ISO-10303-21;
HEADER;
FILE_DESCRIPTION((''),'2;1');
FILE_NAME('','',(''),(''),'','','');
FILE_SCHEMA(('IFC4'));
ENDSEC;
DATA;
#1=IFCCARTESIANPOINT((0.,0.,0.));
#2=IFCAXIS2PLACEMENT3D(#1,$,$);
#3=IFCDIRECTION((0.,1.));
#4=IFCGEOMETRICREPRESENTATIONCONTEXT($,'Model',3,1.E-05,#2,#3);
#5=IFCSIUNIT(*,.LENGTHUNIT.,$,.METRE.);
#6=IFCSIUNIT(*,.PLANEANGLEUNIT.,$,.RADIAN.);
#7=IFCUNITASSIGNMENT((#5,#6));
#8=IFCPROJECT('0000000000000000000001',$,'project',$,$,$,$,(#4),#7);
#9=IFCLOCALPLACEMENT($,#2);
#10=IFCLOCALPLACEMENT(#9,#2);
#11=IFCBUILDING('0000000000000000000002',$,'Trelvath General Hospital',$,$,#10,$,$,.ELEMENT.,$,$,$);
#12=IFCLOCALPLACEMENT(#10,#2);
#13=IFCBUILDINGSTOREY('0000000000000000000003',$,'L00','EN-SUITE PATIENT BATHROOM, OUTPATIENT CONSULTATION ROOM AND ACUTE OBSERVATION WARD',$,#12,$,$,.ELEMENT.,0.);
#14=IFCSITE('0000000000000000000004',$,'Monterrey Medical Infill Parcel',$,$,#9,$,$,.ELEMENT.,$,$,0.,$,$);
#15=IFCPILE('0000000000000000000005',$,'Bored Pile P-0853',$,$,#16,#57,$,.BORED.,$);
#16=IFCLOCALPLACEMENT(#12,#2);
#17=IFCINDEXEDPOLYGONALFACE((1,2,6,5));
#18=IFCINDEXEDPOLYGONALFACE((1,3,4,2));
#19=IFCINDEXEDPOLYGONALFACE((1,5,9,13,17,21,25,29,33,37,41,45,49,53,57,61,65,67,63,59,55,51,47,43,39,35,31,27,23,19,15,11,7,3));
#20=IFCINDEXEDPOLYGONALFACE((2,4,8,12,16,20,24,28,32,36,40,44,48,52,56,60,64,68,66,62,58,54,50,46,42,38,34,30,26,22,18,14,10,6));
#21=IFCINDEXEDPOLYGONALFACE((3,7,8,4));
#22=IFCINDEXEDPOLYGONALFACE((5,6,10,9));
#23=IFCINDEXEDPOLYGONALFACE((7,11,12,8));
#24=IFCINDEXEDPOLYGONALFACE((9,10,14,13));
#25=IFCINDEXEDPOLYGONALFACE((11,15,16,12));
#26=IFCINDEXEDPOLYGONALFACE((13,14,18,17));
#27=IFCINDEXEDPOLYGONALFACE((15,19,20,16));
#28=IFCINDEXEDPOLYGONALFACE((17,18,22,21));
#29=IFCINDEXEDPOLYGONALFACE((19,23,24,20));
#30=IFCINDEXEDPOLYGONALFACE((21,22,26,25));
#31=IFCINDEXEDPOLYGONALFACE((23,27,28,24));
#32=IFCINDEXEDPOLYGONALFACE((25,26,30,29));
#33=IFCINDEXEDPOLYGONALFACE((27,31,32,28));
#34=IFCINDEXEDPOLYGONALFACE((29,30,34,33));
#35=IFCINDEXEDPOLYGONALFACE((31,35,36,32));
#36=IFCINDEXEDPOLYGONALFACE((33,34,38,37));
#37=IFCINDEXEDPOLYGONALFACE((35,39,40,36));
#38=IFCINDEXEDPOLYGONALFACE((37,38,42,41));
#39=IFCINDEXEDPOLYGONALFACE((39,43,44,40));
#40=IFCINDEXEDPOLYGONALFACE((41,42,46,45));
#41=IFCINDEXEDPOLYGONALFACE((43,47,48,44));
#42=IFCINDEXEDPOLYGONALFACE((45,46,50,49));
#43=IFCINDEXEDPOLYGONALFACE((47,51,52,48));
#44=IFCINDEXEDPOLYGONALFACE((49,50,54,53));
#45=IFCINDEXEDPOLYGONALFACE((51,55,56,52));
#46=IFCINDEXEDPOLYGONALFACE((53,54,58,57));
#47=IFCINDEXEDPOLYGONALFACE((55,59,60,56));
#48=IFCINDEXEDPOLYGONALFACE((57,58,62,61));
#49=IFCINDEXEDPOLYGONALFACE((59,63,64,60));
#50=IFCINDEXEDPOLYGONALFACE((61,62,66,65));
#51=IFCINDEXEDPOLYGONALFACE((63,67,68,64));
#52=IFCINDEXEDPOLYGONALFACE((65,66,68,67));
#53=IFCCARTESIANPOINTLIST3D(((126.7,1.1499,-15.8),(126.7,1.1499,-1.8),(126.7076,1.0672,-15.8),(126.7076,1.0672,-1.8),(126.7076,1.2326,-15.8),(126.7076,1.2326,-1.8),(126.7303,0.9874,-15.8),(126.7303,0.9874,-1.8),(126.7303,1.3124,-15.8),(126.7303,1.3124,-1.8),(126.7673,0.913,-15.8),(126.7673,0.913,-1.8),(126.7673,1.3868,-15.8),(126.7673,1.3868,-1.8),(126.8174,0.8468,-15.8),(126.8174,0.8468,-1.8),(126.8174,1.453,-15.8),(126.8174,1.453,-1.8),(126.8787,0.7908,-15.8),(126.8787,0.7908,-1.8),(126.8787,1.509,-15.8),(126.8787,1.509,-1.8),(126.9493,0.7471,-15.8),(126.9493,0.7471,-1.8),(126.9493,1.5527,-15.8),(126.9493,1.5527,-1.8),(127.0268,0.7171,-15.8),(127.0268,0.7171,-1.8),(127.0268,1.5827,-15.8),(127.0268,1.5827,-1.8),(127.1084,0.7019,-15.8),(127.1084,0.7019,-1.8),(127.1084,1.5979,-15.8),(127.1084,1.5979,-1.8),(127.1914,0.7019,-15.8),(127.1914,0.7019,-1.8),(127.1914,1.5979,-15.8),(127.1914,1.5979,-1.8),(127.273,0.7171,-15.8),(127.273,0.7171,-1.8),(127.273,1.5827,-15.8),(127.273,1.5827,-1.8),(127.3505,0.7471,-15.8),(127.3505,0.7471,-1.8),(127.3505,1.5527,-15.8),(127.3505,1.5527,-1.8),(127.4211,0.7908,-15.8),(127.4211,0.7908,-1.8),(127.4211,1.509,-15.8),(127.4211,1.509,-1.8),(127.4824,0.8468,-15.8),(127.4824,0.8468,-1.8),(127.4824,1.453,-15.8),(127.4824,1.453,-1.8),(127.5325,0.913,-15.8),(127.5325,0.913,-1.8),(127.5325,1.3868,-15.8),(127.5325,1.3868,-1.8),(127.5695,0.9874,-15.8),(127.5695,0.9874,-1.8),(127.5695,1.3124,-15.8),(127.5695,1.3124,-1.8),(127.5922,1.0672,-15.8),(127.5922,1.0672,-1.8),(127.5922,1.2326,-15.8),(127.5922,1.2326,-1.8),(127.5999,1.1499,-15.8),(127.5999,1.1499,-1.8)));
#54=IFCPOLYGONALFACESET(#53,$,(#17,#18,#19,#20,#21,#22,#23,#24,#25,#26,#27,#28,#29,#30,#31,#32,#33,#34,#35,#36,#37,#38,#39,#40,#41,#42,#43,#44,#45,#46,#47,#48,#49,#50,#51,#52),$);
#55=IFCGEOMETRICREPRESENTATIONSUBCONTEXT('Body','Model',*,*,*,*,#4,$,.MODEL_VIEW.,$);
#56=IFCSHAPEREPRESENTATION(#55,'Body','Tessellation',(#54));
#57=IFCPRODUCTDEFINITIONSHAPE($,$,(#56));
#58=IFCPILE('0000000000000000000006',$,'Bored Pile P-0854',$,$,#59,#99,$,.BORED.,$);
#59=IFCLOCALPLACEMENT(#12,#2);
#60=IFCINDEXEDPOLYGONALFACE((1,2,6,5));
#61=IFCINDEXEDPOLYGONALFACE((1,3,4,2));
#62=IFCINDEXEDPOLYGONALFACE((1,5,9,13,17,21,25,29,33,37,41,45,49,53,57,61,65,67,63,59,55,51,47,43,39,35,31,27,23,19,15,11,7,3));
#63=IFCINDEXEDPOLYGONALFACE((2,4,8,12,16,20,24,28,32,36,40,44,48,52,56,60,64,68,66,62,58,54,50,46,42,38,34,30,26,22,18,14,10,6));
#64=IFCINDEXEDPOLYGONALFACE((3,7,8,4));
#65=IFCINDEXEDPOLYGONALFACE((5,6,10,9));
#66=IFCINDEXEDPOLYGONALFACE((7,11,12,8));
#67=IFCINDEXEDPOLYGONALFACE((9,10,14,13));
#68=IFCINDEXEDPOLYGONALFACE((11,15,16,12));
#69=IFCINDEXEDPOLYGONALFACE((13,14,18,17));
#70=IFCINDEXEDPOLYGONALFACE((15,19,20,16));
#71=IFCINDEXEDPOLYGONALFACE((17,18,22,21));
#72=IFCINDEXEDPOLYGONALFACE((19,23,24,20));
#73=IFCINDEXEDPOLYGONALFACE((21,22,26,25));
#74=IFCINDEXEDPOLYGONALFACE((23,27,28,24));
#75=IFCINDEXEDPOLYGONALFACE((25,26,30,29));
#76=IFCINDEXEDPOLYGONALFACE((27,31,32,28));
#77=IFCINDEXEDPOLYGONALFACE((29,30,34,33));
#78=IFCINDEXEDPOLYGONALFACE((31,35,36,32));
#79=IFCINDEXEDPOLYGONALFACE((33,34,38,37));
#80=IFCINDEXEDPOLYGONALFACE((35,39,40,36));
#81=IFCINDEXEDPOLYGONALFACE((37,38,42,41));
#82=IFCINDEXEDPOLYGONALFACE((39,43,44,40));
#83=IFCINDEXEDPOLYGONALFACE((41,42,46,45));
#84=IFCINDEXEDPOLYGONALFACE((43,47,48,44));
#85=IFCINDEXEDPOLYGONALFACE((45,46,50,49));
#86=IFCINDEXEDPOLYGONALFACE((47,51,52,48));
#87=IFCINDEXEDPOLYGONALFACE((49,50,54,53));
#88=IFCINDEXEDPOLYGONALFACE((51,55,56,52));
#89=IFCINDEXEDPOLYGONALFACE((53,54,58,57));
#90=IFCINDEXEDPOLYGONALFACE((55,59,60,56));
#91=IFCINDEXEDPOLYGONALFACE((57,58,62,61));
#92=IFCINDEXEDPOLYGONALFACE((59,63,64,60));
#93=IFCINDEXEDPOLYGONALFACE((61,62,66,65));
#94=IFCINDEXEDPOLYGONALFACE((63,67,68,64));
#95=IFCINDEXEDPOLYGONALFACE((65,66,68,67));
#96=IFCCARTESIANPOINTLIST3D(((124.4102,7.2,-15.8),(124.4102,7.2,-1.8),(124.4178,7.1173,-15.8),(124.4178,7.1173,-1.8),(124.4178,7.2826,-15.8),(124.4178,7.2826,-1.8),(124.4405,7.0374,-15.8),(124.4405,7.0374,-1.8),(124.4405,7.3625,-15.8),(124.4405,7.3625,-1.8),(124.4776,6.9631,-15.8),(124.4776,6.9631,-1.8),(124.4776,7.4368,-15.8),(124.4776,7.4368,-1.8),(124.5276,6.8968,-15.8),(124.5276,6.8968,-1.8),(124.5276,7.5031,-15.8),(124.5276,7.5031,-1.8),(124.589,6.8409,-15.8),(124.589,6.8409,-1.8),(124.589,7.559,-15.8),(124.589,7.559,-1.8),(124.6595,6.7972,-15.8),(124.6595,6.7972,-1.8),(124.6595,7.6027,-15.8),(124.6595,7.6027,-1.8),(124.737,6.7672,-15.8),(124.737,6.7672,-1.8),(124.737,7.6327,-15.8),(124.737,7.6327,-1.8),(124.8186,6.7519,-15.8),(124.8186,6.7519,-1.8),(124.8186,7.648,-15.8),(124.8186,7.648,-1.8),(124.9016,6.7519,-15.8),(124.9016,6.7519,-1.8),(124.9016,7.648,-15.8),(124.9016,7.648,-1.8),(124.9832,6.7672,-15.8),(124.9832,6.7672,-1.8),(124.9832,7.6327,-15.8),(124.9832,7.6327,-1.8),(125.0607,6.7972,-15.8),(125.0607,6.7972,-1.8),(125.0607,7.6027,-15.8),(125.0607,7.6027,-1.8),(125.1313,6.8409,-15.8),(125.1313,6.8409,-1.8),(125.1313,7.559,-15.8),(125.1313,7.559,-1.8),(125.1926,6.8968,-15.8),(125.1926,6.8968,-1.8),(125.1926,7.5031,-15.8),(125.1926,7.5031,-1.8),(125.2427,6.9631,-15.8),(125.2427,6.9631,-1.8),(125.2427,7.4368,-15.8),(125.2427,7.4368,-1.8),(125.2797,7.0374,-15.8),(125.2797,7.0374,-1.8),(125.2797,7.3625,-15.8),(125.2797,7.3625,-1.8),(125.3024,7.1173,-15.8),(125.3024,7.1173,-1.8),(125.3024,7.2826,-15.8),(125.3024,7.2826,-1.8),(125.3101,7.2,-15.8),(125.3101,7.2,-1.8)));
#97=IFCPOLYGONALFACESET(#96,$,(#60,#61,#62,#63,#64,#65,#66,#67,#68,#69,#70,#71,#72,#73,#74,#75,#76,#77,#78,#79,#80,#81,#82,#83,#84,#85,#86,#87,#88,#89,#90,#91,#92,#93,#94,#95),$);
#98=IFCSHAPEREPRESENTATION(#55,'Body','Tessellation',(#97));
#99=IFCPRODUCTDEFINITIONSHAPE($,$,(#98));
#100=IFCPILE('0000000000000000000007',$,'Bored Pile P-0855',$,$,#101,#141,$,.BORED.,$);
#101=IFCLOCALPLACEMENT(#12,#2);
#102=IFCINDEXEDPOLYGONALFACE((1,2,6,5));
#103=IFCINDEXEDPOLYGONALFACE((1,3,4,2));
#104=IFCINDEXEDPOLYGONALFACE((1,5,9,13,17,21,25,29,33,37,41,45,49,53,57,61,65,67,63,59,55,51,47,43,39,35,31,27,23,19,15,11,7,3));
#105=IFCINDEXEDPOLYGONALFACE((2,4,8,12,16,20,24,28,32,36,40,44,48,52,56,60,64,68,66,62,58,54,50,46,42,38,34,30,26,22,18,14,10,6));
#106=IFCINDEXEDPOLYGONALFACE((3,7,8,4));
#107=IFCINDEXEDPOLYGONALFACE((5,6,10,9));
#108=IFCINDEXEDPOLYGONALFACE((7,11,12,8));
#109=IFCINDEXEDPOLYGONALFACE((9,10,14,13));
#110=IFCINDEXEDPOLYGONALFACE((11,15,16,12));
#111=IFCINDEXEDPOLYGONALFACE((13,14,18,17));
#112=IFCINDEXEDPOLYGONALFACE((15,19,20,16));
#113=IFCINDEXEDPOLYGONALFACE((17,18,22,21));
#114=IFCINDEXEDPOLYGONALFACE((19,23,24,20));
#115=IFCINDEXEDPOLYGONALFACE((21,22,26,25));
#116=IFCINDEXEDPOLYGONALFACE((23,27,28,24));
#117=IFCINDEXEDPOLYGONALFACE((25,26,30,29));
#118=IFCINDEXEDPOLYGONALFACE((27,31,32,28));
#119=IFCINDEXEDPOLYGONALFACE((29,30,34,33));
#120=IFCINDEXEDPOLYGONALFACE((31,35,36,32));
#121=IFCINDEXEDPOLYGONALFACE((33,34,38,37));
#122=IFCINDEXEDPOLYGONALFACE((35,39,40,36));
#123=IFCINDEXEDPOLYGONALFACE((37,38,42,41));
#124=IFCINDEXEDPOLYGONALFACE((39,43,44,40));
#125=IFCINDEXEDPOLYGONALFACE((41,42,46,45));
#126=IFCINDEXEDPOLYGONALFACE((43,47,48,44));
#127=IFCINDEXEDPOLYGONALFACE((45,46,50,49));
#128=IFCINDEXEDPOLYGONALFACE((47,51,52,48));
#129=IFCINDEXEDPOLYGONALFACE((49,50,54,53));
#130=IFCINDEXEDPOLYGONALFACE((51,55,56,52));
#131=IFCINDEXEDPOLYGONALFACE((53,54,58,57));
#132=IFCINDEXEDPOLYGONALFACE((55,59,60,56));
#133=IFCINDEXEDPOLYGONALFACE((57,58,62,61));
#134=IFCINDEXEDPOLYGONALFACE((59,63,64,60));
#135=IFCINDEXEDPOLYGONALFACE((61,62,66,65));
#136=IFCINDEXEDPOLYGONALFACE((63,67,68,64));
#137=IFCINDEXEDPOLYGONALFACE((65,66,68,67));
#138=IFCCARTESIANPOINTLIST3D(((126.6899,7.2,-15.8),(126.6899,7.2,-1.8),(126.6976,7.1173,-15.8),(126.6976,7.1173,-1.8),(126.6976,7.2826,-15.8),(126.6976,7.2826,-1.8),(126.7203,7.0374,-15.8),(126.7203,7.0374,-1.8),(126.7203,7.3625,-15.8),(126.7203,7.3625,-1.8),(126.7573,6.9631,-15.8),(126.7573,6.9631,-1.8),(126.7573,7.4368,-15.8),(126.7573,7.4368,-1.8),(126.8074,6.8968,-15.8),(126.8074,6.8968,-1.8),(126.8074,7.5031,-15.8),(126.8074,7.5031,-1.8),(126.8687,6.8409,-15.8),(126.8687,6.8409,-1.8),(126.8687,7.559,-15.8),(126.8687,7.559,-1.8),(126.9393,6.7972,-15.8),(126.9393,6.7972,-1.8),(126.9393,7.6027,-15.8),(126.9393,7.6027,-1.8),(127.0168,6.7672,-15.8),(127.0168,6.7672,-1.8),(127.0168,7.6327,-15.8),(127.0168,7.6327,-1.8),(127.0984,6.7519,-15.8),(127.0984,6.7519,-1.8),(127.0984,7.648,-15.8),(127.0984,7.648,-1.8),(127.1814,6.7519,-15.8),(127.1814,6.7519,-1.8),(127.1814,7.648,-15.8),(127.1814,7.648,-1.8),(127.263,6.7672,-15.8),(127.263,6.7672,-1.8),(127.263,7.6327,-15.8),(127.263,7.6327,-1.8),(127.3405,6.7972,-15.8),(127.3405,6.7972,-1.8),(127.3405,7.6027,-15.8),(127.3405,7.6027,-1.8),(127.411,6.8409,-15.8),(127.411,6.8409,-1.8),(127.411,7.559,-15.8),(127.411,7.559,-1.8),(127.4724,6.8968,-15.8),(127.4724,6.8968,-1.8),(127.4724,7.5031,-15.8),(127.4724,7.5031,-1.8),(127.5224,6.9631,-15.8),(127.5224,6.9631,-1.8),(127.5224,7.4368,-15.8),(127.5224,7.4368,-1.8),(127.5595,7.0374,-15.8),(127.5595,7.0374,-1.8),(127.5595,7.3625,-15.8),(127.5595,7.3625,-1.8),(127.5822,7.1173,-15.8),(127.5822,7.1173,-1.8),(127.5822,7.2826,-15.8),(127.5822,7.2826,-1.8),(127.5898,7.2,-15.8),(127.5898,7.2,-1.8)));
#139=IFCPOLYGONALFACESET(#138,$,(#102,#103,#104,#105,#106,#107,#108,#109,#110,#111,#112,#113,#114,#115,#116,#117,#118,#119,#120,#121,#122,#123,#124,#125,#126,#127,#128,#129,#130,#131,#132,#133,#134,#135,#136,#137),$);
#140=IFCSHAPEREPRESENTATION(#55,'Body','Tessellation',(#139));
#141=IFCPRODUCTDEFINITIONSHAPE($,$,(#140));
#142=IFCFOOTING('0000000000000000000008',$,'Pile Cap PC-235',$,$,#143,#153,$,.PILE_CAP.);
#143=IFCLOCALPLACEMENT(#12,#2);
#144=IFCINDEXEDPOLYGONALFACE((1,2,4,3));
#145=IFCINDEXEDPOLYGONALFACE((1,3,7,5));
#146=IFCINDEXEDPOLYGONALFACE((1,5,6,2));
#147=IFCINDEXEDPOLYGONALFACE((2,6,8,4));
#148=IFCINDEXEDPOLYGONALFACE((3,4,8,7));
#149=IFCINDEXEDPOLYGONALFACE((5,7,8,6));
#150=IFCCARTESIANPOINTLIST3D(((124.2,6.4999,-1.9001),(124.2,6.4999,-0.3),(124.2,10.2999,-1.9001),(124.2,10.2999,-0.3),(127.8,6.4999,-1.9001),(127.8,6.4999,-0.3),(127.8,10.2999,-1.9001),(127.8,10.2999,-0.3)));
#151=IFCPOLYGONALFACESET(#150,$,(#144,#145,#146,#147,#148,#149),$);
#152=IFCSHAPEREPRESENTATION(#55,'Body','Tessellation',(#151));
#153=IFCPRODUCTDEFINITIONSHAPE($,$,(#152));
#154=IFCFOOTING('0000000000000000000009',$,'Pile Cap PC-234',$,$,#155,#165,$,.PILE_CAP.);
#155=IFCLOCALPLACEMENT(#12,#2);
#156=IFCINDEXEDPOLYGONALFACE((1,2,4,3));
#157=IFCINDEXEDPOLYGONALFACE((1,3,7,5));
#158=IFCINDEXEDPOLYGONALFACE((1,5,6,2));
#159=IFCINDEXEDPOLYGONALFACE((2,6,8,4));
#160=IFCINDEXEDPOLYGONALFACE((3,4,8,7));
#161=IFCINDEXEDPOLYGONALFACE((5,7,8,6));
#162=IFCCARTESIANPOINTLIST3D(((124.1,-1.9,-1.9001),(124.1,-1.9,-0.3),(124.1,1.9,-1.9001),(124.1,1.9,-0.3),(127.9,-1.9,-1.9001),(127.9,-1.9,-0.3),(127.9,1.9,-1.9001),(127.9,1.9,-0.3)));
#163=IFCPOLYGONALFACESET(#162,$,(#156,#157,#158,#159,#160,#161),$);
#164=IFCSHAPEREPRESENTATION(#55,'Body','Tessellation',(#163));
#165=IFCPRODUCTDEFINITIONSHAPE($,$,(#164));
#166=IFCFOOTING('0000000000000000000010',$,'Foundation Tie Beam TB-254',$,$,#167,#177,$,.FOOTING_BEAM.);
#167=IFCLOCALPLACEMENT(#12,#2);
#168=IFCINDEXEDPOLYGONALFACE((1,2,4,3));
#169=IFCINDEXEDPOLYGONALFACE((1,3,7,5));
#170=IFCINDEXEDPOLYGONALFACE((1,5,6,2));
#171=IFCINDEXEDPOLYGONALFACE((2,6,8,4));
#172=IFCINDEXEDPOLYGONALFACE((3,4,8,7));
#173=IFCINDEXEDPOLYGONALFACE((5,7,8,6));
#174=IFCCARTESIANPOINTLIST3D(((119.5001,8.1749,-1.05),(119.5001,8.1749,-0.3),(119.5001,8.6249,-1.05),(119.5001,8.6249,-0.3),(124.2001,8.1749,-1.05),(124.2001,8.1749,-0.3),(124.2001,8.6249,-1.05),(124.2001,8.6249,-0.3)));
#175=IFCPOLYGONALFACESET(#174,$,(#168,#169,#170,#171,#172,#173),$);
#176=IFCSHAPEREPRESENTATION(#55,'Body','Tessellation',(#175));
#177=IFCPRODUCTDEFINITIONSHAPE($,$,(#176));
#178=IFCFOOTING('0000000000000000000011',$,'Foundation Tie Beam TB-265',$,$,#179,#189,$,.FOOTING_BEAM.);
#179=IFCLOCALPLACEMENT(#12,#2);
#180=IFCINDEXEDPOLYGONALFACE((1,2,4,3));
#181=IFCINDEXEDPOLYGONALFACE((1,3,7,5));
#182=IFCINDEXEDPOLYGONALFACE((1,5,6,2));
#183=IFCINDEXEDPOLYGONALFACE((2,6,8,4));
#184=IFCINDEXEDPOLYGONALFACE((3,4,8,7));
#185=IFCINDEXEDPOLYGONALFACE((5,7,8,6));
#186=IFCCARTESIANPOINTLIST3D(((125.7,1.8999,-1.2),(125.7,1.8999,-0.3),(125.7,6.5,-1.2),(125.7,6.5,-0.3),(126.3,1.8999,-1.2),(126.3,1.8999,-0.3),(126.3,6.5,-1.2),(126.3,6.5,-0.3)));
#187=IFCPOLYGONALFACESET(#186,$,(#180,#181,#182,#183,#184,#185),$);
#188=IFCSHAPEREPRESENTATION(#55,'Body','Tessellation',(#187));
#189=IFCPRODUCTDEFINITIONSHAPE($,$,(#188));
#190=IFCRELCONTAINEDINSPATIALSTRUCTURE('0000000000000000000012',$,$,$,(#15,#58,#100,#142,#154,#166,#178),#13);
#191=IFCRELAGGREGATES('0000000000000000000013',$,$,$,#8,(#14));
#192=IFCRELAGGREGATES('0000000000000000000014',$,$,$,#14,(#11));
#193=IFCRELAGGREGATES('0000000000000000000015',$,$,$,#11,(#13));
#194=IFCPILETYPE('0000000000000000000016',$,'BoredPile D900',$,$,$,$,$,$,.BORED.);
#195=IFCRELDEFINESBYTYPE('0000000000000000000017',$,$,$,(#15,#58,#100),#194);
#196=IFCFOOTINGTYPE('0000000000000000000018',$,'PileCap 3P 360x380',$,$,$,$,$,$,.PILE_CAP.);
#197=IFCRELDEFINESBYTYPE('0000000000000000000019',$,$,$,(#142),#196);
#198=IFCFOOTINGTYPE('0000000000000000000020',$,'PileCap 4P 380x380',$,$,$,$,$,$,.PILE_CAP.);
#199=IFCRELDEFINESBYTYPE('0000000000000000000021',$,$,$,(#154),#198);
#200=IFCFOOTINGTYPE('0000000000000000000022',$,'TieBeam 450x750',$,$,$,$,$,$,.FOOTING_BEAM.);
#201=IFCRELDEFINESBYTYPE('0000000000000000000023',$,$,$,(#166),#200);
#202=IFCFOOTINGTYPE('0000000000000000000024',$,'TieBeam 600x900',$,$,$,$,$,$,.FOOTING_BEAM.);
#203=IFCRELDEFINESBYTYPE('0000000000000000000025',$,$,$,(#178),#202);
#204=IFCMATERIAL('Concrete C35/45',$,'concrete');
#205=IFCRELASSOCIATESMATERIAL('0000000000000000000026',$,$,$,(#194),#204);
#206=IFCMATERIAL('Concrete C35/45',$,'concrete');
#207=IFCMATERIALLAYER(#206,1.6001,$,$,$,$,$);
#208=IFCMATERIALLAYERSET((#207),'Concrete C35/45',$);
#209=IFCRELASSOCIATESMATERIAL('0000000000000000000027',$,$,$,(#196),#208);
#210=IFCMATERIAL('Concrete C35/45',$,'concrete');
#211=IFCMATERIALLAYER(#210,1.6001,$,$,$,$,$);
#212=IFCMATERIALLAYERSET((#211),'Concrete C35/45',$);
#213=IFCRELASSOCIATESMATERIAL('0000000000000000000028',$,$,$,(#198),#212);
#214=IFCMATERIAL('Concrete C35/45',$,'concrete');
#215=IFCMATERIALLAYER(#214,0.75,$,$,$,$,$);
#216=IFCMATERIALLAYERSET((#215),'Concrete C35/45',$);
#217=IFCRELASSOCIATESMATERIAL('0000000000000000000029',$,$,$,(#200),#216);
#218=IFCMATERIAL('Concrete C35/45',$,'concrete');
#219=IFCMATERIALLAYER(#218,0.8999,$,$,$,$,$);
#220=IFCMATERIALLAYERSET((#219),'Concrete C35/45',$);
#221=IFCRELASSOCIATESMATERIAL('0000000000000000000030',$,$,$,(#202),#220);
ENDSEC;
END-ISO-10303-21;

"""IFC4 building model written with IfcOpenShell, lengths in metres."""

from ifc_helpers import new_model, si_unit, direction, frame, origin, origin_2d, place, context, subcontext, project, spatial, rectangle, circle, extrude, material, layer, layer_set, material_profile, profile_set, type_object, element, save


model = new_model("IFC4")

# Units and contexts
model_context = context("Model", 3, precision=1e-05, world=origin(), true_north=direction((0.0, 1.0)))
body_context = subcontext(model_context, "Body", "Model", "MODEL_VIEW")
ifc_project = project(units=[si_unit("LENGTHUNIT", "METRE"), si_unit("PLANEANGLEUNIT", "RADIAN")], contexts=[model_context])

# Site, building, storey
site_placement = place(None, origin())
site = spatial("IfcSite", under=ifc_project, at=site_placement, Name="Monterrey Medical Infill Parcel", CompositionType="ELEMENT", RefElevation=0.0)
building_placement = place(site_placement, origin())
building = spatial("IfcBuilding", under=site, at=building_placement, Name="Trelvath General Hospital", CompositionType="ELEMENT")
storey_placement = place(building_placement, origin())
storey = spatial("IfcBuildingStorey", under=building, at=storey_placement, Name="L00", Description="EN-SUITE PATIENT BATHROOM, OUTPATIENT CONSULTATION ROOM AND ACUTE OBSERVATION WARD", CompositionType="ELEMENT", Elevation=0.0)

# Piles
ifc_material_1 = material(Name="Concrete C35/45", Category="concrete")
ifc_material_profile_1 = material_profile(ifc_material_1, circle(Radius=0.45, at=origin_2d()), Name="PILE900")
ifc_profile_set_1 = profile_set([ifc_material_profile_1], Name="Concrete C35/45")
pile_type = type_object("IfcPileType", Name="BoredPile D900", PredefinedType="BORED", material=ifc_profile_set_1)
for number, where, z_axis, x_axis, name in (
    (1, (127.1499, 1.1499, -1.8), (0.0, 0.0, -1.0), (1.0, 0.0, 0.0), "Bored Pile P-0853"),
    (2, (124.8601, 7.2, -1.8), (0.0, 0.0, -1.0), (1.0, 0.0, 0.0), "Bored Pile P-0854"),
    (3, (127.1399, 7.2, -1.8), (0.0, 0.0, -1.0), (1.0, 0.0, 0.0), "Bored Pile P-0855"),
):
    element("IfcPile", number, at=place(storey_placement, frame(where, z_axis=z_axis, x_axis=x_axis)), inside=storey, type_object=pile_type, Name=name, PredefinedType="BORED", context=body_context, shape_type="SweptSolid", body=[
        extrude(circle(Radius=0.45, at=origin_2d()), origin(), (0.0, 0.0, 1.0), 14.0),
    ])

# Footings
ifc_material_2 = material(Name="Concrete C35/45", Category="concrete")
ifc_layer_1 = layer(ifc_material_2, 1.6001)
ifc_layer_set_1 = layer_set([ifc_layer_1], Name="Concrete C35/45")
footing_type_1 = type_object("IfcFootingType", Name="PileCap 3P 360x380", PredefinedType="PILE_CAP", material=ifc_layer_set_1)
footing_1_placement = place(storey_placement, frame((126.0, 8.3999, -1.9001), z_axis=(0.0, 0.0, 1.0), x_axis=(1.0, 0.0, 0.0)))
element("IfcFooting", 4, at=footing_1_placement, inside=storey, type_object=footing_type_1, Name="Pile Cap PC-235", PredefinedType="PILE_CAP", context=body_context, shape_type="SweptSolid", body=[
    extrude(rectangle(XDim=3.6001, YDim=3.8, at=origin_2d()), origin(), (0.0, 0.0, 1.0), 1.6001),
])
ifc_material_3 = material(Name="Concrete C35/45", Category="concrete")
ifc_layer_2 = layer(ifc_material_3, 1.6001)
ifc_layer_set_2 = layer_set([ifc_layer_2], Name="Concrete C35/45")
footing_type_2 = type_object("IfcFootingType", Name="PileCap 4P 380x380", PredefinedType="PILE_CAP", material=ifc_layer_set_2)
footing_2_placement = place(storey_placement, frame((126.0, 0.0, -1.9001), z_axis=(0.0, 0.0, 1.0), x_axis=(1.0, 0.0, 0.0)))
element("IfcFooting", 5, at=footing_2_placement, inside=storey, type_object=footing_type_2, Name="Pile Cap PC-234", PredefinedType="PILE_CAP", context=body_context, shape_type="SweptSolid", body=[
    extrude(rectangle(XDim=3.8, YDim=3.8, at=origin_2d()), origin(), (0.0, 0.0, 1.0), 1.6001),
])
ifc_material_4 = material(Name="Concrete C35/45", Category="concrete")
ifc_layer_3 = layer(ifc_material_4, 0.75)
ifc_layer_set_3 = layer_set([ifc_layer_3], Name="Concrete C35/45")
footing_type_3 = type_object("IfcFootingType", Name="TieBeam 450x750", PredefinedType="FOOTING_BEAM", material=ifc_layer_set_3)
footing_3_placement = place(storey_placement, frame((121.8501, 8.3999, -1.05), z_axis=(0.0, 0.0, 1.0), x_axis=(1.0, 0.0, 0.0)))
element("IfcFooting", 6, at=footing_3_placement, inside=storey, type_object=footing_type_3, Name="Foundation Tie Beam TB-254", PredefinedType="FOOTING_BEAM", context=body_context, shape_type="SweptSolid", body=[
    extrude(rectangle(XDim=4.7, YDim=0.45, at=origin_2d()), origin(), (0.0, 0.0, 1.0), 0.75),
])
ifc_material_5 = material(Name="Concrete C35/45", Category="concrete")
ifc_layer_4 = layer(ifc_material_5, 0.8999)
ifc_layer_set_4 = layer_set([ifc_layer_4], Name="Concrete C35/45")
footing_type_4 = type_object("IfcFootingType", Name="TieBeam 600x900", PredefinedType="FOOTING_BEAM", material=ifc_layer_set_4)
footing_4_placement = place(storey_placement, frame((126.0, 4.2, -1.2), z_axis=(0.0, 0.0, 1.0), x_axis=(1.0, 0.0, 0.0)))
element("IfcFooting", 7, at=footing_4_placement, inside=storey, type_object=footing_type_4, Name="Foundation Tie Beam TB-265", PredefinedType="FOOTING_BEAM", context=body_context, shape_type="SweptSolid", body=[
    extrude(rectangle(XDim=0.6001, YDim=4.6001, at=origin_2d()), origin(), (0.0, 0.0, 1.0), 0.8999),
])

save(model, "model.ifc")
